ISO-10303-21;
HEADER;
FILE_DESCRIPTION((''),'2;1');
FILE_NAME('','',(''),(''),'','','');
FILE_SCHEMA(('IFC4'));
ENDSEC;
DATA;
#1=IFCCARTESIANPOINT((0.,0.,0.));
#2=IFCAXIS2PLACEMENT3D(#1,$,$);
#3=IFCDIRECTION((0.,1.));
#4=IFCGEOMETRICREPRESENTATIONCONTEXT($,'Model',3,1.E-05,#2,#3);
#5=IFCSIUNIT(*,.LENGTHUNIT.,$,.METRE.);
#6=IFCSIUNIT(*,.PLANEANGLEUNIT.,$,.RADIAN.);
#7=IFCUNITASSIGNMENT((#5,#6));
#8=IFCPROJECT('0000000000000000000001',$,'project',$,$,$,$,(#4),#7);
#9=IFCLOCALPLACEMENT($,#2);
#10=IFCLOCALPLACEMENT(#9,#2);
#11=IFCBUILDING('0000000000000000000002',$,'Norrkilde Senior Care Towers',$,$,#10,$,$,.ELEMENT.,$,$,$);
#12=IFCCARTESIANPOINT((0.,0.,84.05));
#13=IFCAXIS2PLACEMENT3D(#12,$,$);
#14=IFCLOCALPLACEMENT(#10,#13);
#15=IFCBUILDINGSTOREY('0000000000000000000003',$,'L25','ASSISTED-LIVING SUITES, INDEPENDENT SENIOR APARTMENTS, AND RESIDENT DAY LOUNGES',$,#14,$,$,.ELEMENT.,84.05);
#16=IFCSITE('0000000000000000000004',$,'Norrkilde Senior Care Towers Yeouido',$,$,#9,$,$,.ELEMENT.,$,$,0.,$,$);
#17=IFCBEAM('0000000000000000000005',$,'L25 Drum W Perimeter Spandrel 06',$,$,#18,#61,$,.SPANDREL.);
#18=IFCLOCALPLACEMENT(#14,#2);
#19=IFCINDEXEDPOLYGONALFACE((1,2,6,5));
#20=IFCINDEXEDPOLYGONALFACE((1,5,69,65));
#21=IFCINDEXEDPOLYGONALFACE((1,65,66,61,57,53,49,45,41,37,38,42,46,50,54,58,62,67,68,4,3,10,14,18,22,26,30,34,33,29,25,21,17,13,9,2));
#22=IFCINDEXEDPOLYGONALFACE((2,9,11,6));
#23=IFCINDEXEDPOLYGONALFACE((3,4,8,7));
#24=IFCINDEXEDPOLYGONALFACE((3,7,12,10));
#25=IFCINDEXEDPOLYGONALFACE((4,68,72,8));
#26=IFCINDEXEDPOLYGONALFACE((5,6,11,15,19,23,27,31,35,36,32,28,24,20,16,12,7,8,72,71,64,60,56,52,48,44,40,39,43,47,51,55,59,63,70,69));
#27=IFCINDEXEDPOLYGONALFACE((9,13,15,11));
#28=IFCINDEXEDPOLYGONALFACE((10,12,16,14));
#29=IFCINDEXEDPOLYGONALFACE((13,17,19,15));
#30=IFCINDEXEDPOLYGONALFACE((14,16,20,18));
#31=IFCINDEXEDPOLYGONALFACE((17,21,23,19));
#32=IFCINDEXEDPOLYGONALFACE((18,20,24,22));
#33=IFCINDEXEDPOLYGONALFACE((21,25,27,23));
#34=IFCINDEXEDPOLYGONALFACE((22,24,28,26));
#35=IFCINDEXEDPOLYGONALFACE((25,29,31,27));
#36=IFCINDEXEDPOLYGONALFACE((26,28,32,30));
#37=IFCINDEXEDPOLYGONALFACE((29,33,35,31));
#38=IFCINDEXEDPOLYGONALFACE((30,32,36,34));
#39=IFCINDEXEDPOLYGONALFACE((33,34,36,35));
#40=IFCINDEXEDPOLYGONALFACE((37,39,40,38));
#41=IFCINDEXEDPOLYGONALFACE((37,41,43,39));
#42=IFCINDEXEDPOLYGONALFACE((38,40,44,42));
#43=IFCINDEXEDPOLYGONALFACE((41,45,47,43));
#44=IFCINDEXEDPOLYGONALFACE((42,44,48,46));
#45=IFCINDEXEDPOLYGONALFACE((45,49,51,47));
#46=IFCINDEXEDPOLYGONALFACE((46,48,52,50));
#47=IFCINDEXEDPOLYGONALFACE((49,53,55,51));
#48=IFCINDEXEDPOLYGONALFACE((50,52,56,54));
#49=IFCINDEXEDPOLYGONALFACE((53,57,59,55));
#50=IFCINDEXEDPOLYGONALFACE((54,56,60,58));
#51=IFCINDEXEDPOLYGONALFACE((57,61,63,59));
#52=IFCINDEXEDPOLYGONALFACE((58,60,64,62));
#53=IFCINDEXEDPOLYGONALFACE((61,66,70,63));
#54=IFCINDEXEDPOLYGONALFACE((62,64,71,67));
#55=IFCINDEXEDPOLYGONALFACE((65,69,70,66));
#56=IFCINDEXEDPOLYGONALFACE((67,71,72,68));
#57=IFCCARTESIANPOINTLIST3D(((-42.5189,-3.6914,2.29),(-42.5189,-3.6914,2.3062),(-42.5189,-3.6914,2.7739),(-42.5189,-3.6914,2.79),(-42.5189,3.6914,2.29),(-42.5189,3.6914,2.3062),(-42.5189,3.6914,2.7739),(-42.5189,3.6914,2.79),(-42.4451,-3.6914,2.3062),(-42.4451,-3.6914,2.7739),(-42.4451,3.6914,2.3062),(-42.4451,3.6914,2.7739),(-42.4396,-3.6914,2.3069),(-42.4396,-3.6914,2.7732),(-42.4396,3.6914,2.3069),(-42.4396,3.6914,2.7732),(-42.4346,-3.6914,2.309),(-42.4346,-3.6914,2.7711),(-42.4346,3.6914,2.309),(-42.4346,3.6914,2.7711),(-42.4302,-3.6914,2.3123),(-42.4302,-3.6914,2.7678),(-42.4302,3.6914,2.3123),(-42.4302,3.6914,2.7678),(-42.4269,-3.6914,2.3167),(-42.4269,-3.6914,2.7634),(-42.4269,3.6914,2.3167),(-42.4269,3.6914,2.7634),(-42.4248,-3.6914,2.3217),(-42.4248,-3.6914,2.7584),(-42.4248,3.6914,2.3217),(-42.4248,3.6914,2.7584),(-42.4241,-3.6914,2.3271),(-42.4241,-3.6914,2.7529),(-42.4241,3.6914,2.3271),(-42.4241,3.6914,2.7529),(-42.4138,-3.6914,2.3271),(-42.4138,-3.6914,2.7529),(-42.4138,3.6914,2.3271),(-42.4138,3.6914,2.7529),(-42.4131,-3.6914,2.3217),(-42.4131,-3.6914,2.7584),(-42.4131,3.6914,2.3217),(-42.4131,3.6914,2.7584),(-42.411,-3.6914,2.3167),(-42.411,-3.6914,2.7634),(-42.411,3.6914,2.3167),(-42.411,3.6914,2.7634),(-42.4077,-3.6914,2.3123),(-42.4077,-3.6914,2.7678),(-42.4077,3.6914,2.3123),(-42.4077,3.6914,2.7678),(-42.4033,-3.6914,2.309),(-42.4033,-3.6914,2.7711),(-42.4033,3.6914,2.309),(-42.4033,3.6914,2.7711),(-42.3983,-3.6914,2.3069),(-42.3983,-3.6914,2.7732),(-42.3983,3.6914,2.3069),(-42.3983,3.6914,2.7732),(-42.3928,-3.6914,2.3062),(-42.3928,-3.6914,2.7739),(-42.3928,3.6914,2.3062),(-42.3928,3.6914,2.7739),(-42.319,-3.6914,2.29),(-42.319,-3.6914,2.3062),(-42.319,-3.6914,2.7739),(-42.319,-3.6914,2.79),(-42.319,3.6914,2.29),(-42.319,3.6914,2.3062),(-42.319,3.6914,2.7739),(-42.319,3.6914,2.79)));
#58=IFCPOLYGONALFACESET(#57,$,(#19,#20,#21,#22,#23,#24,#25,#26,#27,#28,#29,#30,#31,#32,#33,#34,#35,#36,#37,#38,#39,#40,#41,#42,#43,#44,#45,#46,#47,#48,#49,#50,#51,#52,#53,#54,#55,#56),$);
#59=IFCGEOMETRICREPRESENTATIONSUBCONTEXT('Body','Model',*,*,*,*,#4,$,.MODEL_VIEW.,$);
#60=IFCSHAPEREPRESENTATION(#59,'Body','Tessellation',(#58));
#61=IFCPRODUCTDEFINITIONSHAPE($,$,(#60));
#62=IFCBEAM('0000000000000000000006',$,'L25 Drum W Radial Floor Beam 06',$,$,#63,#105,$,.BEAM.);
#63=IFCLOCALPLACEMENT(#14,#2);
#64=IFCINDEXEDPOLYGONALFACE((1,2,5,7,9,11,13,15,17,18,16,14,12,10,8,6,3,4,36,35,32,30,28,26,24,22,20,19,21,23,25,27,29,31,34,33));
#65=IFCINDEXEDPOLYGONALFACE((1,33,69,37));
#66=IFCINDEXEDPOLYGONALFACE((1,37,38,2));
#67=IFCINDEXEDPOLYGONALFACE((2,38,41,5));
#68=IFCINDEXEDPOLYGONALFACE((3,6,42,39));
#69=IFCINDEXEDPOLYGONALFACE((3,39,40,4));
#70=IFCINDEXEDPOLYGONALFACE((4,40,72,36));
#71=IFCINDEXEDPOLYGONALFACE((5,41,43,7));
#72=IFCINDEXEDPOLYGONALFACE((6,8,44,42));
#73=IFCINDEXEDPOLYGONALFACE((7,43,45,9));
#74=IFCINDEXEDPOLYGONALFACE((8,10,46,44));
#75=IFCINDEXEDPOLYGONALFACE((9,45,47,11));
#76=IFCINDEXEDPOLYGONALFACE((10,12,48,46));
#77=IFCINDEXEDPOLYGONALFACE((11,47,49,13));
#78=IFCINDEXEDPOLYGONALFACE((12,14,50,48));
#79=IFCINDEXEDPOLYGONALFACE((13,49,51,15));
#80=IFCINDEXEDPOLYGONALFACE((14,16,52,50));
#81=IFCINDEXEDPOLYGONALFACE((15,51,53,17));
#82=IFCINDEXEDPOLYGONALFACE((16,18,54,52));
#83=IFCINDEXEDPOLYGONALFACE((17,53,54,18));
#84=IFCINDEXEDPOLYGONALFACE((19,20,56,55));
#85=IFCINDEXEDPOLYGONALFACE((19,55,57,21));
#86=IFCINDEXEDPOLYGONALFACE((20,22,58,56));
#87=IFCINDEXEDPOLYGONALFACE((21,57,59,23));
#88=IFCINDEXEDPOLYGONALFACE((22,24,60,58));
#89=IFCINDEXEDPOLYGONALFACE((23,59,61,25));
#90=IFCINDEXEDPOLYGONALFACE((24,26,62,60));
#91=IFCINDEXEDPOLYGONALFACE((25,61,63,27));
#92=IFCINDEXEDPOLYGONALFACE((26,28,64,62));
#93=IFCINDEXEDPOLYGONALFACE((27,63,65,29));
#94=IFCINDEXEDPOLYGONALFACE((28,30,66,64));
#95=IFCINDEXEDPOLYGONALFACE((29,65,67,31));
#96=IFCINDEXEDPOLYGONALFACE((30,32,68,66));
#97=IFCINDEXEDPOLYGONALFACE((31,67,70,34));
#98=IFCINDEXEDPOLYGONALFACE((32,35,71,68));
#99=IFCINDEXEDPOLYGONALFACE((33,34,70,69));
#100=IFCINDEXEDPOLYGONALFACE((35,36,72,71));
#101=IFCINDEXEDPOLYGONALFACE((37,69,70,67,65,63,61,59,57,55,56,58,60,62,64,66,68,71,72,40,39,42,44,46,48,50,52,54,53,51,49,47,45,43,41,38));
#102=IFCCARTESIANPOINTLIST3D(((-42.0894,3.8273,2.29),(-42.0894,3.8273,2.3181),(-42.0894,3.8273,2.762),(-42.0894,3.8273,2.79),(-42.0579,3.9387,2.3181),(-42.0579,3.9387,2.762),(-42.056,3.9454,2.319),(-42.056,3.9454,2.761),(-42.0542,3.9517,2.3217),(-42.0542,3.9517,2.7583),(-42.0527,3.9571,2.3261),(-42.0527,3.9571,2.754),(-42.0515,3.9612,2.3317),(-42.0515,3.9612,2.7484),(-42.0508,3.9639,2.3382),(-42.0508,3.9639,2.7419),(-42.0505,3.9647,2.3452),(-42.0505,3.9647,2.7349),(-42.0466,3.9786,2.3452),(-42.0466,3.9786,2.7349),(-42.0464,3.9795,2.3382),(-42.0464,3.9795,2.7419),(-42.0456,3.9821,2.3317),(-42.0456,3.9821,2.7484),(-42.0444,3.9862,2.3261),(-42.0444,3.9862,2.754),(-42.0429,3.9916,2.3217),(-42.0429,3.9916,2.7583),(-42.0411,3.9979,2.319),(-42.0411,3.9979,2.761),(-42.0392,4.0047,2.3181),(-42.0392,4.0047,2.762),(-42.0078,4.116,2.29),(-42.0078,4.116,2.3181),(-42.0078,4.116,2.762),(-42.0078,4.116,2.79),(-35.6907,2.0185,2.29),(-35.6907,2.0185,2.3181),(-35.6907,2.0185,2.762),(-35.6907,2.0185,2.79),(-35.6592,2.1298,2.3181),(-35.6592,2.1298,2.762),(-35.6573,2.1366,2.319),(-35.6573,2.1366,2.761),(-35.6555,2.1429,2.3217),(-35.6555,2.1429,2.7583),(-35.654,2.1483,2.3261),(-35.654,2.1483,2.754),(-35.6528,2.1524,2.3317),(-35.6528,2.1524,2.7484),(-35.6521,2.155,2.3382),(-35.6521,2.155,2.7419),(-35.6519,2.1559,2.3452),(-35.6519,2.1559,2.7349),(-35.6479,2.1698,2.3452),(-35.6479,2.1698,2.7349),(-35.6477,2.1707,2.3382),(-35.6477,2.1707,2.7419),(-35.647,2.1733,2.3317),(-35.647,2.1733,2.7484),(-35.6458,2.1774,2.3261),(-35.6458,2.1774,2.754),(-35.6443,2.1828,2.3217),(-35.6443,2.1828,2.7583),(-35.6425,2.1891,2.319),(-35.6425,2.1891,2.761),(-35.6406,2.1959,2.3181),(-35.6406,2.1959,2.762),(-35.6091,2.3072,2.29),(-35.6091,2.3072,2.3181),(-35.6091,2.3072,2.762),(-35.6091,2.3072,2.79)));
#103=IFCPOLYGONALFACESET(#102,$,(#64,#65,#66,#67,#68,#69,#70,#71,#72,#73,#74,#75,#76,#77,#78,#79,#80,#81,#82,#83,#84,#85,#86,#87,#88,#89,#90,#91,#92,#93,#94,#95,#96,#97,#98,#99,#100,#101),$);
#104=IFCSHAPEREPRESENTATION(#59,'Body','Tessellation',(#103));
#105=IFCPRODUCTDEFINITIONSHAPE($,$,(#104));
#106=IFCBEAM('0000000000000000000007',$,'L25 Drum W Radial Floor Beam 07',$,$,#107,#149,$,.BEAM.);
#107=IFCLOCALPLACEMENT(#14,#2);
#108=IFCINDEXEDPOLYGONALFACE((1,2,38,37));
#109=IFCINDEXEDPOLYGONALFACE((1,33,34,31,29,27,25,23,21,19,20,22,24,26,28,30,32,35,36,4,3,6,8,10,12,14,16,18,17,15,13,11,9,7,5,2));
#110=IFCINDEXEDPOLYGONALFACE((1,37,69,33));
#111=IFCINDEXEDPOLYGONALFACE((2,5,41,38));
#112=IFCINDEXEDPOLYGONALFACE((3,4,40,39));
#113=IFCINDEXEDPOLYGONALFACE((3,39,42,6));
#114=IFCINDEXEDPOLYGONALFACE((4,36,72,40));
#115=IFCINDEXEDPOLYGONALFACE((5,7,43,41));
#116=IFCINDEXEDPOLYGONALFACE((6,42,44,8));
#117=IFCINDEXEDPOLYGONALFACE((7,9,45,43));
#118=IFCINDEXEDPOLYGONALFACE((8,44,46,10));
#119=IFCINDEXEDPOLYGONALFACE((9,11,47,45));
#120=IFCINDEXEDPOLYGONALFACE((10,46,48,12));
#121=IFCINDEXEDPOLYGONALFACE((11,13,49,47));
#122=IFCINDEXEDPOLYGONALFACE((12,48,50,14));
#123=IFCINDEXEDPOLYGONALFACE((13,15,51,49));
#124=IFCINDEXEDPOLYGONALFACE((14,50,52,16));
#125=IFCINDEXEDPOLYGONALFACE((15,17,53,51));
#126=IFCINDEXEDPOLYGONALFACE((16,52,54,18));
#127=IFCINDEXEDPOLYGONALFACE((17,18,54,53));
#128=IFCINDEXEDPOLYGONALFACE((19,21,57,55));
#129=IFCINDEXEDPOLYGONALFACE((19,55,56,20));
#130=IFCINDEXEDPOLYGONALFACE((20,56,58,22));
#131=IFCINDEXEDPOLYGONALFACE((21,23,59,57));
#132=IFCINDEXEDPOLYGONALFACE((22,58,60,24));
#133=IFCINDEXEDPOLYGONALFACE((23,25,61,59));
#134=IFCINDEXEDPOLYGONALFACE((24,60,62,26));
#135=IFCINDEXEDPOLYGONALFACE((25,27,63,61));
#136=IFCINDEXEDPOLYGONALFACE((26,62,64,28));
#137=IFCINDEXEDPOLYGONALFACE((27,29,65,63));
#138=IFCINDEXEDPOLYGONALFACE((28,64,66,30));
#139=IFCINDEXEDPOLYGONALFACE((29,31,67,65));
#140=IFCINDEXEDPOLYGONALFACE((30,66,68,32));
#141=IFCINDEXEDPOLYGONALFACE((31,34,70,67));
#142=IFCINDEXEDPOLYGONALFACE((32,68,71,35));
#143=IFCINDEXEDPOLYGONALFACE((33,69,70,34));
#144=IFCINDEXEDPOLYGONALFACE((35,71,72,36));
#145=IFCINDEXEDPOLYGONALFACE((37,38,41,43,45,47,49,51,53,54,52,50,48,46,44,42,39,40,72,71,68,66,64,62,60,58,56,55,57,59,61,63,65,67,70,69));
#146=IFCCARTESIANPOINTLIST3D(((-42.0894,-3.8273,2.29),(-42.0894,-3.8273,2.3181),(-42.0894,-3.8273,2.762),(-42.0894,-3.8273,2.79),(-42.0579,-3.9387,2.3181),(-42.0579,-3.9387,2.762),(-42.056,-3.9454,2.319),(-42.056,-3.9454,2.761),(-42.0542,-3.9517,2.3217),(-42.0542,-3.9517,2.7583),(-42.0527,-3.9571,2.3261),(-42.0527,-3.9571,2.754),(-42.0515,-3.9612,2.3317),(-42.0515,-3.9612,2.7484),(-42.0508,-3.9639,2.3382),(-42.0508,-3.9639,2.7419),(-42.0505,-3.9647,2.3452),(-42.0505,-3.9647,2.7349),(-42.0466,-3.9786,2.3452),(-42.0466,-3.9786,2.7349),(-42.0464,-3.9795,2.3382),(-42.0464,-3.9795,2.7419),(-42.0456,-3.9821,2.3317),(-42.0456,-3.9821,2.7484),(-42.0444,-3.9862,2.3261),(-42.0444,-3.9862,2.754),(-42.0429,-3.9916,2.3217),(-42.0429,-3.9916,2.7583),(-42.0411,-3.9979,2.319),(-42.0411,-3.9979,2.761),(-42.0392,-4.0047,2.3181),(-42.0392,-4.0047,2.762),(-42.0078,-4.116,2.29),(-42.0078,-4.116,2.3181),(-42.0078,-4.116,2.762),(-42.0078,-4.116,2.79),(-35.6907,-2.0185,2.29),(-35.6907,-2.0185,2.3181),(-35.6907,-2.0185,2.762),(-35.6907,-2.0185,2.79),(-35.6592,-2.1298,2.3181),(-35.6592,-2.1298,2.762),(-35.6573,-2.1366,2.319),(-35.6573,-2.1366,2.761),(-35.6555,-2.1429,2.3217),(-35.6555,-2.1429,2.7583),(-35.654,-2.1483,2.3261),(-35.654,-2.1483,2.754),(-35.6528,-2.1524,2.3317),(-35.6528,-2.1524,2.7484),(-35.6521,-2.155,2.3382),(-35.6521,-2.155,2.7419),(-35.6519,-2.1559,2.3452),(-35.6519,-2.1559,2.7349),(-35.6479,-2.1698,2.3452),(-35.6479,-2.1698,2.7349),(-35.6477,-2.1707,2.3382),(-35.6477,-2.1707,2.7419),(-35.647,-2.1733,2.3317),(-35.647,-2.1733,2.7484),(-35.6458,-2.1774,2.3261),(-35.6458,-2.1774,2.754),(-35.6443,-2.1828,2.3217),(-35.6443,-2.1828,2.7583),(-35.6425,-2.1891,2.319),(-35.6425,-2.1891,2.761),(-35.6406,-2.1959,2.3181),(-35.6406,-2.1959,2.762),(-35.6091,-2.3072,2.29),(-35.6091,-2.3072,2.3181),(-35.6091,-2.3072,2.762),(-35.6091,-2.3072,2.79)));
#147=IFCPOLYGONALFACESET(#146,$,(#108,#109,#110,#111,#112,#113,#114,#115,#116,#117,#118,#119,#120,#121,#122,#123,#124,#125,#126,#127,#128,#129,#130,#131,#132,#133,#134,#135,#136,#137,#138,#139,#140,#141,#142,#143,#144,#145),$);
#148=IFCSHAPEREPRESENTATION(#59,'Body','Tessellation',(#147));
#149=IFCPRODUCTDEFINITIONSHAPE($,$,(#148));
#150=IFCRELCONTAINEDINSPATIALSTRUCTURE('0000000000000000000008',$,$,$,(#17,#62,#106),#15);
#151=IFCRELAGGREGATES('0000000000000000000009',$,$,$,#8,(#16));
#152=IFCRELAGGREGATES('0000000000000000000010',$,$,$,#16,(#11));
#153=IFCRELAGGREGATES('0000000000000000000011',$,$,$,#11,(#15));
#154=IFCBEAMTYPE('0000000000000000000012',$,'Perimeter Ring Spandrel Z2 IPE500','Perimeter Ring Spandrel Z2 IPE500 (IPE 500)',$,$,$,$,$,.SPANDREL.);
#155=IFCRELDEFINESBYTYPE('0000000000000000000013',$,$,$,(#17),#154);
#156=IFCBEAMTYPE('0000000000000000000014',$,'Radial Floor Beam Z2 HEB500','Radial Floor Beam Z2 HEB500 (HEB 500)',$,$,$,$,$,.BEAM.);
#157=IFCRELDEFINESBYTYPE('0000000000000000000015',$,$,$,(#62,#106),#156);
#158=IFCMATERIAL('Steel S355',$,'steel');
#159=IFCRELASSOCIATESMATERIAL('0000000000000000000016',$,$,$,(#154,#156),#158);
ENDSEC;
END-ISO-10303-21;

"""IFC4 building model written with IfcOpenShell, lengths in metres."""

from ifc_helpers import new_model, si_unit, direction, frame, origin, origin_2d, place, context, subcontext, project, spatial, i_section, extrude, source, transform, mapped, material, material_profile, profile_set, type_object, type_shapes, element, save


model = new_model("IFC4")

# Units and contexts
model_context = context("Model", 3, precision=1e-05, world=origin(), true_north=direction((0.0, 1.0)))
body_context = subcontext(model_context, "Body", "Model", "MODEL_VIEW")
ifc_project = project(units=[si_unit("LENGTHUNIT", "METRE"), si_unit("PLANEANGLEUNIT", "RADIAN")], contexts=[model_context])

# Site, building, storey
site_placement = place(None, origin())
site = spatial("IfcSite", under=ifc_project, at=site_placement, Name="Norrkilde Senior Care Towers Yeouido", CompositionType="ELEMENT", RefElevation=0.0)
building_placement = place(site_placement, origin())
building = spatial("IfcBuilding", under=site, at=building_placement, Name="Norrkilde Senior Care Towers", CompositionType="ELEMENT")
storey_placement = place(building_placement, frame((0.0, 0.0, 84.05)))
storey = spatial("IfcBuildingStorey", under=building, at=storey_placement, Name="L25", Description="ASSISTED-LIVING SUITES, INDEPENDENT SENIOR APARTMENTS, AND RESIDENT DAY LOUNGES", CompositionType="ELEMENT", Elevation=84.05)

# Beams
ifc_material_1 = material(Name="Steel S355", Category="steel")
ifc_material_profile_1 = material_profile(ifc_material_1, i_section(OverallWidth=0.2, OverallDepth=0.5, WebThickness=0.0103, FlangeThickness=0.0161, FilletRadius=0.021, at=origin_2d()), Name="IPE 500")
ifc_profile_set_1 = profile_set([ifc_material_profile_1], Name="Steel S355")
beam_type_1 = type_object("IfcBeamType", Name="Perimeter Ring Spandrel Z2 IPE500", Description="Perimeter Ring Spandrel Z2 IPE500 (IPE 500)", PredefinedType="SPANDREL", material=ifc_profile_set_1)
shared_shape_1 = source(origin(), body_context, "Body", "SweptSolid", [
    extrude(i_section(OverallWidth=0.2, OverallDepth=0.5, WebThickness=0.0103, FlangeThickness=0.0161, FilletRadius=0.021, at=origin_2d()), origin(), (0.0, 0.0, 1.0), 7.3828),
])
beam_1_placement = place(storey_placement, frame((-42.4189, 3.6914, 2.54), z_axis=(0.0, -1.0, 0.0), x_axis=(1.0, 0.0, 0.0)))
element("IfcBeam", 1, at=beam_1_placement, inside=storey, type_object=beam_type_1, Name="L25 Drum W Perimeter Spandrel 06", PredefinedType="SPANDREL", context=body_context, shape_type="MappedRepresentation", body=[
    mapped(shared_shape_1, transform((0.0, 0.0, 0.0), x_axis=(1.0, 0.0, 0.0), y_axis=(0.0, 1.0, 0.0), z_axis=(0.0, 0.0, 1.0), scale=1.0)),
])
ifc_material_profile_2 = material_profile(ifc_material_1, i_section(OverallWidth=0.3, OverallDepth=0.5, WebThickness=0.0144, FlangeThickness=0.0281, FilletRadius=0.0271, at=origin_2d()), Name="HEB 500")
ifc_profile_set_2 = profile_set([ifc_material_profile_2], Name="Steel S355")
beam_type_2 = type_object("IfcBeamType", Name="Radial Floor Beam Z2 HEB500", Description="Radial Floor Beam Z2 HEB500 (HEB 500)", PredefinedType="BEAM", material=ifc_profile_set_2)
shared_shape_2 = source(origin(), body_context, "Body", "SweptSolid", [
    extrude(i_section(OverallWidth=0.3, OverallDepth=0.5, WebThickness=0.0144, FlangeThickness=0.0281, FilletRadius=0.0271, at=origin_2d()), origin(), (0.0, 0.0, 1.0), 6.6494),
])
type_shapes(beam_type_2, [shared_shape_2])
for number, where, z_axis, x_axis, name in (
    (2, (-35.6499, 2.1628, 2.54), (-0.962289, 0.272029, 0.0), (-0.272029, -0.962289, 0.0), "L25 Drum W Radial Floor Beam 06"),
    (3, (-35.6499, -2.1628, 2.54), (-0.962289, -0.272029, 0.0), (0.272029, -0.962289, 0.0), "L25 Drum W Radial Floor Beam 07"),
):
    element("IfcBeam", number, at=place(storey_placement, frame(where, z_axis=z_axis, x_axis=x_axis)), inside=storey, type_object=beam_type_2, Name=name, PredefinedType="BEAM", context=body_context, shape_type="MappedRepresentation", body=[
        mapped(shared_shape_2, transform((0.0, 0.0, 0.0), x_axis=(1.0, 0.0, 0.0), y_axis=(0.0, 1.0, 0.0), z_axis=(0.0, 0.0, 1.0), scale=1.0)),
    ])

save(model, "model.ifc")
